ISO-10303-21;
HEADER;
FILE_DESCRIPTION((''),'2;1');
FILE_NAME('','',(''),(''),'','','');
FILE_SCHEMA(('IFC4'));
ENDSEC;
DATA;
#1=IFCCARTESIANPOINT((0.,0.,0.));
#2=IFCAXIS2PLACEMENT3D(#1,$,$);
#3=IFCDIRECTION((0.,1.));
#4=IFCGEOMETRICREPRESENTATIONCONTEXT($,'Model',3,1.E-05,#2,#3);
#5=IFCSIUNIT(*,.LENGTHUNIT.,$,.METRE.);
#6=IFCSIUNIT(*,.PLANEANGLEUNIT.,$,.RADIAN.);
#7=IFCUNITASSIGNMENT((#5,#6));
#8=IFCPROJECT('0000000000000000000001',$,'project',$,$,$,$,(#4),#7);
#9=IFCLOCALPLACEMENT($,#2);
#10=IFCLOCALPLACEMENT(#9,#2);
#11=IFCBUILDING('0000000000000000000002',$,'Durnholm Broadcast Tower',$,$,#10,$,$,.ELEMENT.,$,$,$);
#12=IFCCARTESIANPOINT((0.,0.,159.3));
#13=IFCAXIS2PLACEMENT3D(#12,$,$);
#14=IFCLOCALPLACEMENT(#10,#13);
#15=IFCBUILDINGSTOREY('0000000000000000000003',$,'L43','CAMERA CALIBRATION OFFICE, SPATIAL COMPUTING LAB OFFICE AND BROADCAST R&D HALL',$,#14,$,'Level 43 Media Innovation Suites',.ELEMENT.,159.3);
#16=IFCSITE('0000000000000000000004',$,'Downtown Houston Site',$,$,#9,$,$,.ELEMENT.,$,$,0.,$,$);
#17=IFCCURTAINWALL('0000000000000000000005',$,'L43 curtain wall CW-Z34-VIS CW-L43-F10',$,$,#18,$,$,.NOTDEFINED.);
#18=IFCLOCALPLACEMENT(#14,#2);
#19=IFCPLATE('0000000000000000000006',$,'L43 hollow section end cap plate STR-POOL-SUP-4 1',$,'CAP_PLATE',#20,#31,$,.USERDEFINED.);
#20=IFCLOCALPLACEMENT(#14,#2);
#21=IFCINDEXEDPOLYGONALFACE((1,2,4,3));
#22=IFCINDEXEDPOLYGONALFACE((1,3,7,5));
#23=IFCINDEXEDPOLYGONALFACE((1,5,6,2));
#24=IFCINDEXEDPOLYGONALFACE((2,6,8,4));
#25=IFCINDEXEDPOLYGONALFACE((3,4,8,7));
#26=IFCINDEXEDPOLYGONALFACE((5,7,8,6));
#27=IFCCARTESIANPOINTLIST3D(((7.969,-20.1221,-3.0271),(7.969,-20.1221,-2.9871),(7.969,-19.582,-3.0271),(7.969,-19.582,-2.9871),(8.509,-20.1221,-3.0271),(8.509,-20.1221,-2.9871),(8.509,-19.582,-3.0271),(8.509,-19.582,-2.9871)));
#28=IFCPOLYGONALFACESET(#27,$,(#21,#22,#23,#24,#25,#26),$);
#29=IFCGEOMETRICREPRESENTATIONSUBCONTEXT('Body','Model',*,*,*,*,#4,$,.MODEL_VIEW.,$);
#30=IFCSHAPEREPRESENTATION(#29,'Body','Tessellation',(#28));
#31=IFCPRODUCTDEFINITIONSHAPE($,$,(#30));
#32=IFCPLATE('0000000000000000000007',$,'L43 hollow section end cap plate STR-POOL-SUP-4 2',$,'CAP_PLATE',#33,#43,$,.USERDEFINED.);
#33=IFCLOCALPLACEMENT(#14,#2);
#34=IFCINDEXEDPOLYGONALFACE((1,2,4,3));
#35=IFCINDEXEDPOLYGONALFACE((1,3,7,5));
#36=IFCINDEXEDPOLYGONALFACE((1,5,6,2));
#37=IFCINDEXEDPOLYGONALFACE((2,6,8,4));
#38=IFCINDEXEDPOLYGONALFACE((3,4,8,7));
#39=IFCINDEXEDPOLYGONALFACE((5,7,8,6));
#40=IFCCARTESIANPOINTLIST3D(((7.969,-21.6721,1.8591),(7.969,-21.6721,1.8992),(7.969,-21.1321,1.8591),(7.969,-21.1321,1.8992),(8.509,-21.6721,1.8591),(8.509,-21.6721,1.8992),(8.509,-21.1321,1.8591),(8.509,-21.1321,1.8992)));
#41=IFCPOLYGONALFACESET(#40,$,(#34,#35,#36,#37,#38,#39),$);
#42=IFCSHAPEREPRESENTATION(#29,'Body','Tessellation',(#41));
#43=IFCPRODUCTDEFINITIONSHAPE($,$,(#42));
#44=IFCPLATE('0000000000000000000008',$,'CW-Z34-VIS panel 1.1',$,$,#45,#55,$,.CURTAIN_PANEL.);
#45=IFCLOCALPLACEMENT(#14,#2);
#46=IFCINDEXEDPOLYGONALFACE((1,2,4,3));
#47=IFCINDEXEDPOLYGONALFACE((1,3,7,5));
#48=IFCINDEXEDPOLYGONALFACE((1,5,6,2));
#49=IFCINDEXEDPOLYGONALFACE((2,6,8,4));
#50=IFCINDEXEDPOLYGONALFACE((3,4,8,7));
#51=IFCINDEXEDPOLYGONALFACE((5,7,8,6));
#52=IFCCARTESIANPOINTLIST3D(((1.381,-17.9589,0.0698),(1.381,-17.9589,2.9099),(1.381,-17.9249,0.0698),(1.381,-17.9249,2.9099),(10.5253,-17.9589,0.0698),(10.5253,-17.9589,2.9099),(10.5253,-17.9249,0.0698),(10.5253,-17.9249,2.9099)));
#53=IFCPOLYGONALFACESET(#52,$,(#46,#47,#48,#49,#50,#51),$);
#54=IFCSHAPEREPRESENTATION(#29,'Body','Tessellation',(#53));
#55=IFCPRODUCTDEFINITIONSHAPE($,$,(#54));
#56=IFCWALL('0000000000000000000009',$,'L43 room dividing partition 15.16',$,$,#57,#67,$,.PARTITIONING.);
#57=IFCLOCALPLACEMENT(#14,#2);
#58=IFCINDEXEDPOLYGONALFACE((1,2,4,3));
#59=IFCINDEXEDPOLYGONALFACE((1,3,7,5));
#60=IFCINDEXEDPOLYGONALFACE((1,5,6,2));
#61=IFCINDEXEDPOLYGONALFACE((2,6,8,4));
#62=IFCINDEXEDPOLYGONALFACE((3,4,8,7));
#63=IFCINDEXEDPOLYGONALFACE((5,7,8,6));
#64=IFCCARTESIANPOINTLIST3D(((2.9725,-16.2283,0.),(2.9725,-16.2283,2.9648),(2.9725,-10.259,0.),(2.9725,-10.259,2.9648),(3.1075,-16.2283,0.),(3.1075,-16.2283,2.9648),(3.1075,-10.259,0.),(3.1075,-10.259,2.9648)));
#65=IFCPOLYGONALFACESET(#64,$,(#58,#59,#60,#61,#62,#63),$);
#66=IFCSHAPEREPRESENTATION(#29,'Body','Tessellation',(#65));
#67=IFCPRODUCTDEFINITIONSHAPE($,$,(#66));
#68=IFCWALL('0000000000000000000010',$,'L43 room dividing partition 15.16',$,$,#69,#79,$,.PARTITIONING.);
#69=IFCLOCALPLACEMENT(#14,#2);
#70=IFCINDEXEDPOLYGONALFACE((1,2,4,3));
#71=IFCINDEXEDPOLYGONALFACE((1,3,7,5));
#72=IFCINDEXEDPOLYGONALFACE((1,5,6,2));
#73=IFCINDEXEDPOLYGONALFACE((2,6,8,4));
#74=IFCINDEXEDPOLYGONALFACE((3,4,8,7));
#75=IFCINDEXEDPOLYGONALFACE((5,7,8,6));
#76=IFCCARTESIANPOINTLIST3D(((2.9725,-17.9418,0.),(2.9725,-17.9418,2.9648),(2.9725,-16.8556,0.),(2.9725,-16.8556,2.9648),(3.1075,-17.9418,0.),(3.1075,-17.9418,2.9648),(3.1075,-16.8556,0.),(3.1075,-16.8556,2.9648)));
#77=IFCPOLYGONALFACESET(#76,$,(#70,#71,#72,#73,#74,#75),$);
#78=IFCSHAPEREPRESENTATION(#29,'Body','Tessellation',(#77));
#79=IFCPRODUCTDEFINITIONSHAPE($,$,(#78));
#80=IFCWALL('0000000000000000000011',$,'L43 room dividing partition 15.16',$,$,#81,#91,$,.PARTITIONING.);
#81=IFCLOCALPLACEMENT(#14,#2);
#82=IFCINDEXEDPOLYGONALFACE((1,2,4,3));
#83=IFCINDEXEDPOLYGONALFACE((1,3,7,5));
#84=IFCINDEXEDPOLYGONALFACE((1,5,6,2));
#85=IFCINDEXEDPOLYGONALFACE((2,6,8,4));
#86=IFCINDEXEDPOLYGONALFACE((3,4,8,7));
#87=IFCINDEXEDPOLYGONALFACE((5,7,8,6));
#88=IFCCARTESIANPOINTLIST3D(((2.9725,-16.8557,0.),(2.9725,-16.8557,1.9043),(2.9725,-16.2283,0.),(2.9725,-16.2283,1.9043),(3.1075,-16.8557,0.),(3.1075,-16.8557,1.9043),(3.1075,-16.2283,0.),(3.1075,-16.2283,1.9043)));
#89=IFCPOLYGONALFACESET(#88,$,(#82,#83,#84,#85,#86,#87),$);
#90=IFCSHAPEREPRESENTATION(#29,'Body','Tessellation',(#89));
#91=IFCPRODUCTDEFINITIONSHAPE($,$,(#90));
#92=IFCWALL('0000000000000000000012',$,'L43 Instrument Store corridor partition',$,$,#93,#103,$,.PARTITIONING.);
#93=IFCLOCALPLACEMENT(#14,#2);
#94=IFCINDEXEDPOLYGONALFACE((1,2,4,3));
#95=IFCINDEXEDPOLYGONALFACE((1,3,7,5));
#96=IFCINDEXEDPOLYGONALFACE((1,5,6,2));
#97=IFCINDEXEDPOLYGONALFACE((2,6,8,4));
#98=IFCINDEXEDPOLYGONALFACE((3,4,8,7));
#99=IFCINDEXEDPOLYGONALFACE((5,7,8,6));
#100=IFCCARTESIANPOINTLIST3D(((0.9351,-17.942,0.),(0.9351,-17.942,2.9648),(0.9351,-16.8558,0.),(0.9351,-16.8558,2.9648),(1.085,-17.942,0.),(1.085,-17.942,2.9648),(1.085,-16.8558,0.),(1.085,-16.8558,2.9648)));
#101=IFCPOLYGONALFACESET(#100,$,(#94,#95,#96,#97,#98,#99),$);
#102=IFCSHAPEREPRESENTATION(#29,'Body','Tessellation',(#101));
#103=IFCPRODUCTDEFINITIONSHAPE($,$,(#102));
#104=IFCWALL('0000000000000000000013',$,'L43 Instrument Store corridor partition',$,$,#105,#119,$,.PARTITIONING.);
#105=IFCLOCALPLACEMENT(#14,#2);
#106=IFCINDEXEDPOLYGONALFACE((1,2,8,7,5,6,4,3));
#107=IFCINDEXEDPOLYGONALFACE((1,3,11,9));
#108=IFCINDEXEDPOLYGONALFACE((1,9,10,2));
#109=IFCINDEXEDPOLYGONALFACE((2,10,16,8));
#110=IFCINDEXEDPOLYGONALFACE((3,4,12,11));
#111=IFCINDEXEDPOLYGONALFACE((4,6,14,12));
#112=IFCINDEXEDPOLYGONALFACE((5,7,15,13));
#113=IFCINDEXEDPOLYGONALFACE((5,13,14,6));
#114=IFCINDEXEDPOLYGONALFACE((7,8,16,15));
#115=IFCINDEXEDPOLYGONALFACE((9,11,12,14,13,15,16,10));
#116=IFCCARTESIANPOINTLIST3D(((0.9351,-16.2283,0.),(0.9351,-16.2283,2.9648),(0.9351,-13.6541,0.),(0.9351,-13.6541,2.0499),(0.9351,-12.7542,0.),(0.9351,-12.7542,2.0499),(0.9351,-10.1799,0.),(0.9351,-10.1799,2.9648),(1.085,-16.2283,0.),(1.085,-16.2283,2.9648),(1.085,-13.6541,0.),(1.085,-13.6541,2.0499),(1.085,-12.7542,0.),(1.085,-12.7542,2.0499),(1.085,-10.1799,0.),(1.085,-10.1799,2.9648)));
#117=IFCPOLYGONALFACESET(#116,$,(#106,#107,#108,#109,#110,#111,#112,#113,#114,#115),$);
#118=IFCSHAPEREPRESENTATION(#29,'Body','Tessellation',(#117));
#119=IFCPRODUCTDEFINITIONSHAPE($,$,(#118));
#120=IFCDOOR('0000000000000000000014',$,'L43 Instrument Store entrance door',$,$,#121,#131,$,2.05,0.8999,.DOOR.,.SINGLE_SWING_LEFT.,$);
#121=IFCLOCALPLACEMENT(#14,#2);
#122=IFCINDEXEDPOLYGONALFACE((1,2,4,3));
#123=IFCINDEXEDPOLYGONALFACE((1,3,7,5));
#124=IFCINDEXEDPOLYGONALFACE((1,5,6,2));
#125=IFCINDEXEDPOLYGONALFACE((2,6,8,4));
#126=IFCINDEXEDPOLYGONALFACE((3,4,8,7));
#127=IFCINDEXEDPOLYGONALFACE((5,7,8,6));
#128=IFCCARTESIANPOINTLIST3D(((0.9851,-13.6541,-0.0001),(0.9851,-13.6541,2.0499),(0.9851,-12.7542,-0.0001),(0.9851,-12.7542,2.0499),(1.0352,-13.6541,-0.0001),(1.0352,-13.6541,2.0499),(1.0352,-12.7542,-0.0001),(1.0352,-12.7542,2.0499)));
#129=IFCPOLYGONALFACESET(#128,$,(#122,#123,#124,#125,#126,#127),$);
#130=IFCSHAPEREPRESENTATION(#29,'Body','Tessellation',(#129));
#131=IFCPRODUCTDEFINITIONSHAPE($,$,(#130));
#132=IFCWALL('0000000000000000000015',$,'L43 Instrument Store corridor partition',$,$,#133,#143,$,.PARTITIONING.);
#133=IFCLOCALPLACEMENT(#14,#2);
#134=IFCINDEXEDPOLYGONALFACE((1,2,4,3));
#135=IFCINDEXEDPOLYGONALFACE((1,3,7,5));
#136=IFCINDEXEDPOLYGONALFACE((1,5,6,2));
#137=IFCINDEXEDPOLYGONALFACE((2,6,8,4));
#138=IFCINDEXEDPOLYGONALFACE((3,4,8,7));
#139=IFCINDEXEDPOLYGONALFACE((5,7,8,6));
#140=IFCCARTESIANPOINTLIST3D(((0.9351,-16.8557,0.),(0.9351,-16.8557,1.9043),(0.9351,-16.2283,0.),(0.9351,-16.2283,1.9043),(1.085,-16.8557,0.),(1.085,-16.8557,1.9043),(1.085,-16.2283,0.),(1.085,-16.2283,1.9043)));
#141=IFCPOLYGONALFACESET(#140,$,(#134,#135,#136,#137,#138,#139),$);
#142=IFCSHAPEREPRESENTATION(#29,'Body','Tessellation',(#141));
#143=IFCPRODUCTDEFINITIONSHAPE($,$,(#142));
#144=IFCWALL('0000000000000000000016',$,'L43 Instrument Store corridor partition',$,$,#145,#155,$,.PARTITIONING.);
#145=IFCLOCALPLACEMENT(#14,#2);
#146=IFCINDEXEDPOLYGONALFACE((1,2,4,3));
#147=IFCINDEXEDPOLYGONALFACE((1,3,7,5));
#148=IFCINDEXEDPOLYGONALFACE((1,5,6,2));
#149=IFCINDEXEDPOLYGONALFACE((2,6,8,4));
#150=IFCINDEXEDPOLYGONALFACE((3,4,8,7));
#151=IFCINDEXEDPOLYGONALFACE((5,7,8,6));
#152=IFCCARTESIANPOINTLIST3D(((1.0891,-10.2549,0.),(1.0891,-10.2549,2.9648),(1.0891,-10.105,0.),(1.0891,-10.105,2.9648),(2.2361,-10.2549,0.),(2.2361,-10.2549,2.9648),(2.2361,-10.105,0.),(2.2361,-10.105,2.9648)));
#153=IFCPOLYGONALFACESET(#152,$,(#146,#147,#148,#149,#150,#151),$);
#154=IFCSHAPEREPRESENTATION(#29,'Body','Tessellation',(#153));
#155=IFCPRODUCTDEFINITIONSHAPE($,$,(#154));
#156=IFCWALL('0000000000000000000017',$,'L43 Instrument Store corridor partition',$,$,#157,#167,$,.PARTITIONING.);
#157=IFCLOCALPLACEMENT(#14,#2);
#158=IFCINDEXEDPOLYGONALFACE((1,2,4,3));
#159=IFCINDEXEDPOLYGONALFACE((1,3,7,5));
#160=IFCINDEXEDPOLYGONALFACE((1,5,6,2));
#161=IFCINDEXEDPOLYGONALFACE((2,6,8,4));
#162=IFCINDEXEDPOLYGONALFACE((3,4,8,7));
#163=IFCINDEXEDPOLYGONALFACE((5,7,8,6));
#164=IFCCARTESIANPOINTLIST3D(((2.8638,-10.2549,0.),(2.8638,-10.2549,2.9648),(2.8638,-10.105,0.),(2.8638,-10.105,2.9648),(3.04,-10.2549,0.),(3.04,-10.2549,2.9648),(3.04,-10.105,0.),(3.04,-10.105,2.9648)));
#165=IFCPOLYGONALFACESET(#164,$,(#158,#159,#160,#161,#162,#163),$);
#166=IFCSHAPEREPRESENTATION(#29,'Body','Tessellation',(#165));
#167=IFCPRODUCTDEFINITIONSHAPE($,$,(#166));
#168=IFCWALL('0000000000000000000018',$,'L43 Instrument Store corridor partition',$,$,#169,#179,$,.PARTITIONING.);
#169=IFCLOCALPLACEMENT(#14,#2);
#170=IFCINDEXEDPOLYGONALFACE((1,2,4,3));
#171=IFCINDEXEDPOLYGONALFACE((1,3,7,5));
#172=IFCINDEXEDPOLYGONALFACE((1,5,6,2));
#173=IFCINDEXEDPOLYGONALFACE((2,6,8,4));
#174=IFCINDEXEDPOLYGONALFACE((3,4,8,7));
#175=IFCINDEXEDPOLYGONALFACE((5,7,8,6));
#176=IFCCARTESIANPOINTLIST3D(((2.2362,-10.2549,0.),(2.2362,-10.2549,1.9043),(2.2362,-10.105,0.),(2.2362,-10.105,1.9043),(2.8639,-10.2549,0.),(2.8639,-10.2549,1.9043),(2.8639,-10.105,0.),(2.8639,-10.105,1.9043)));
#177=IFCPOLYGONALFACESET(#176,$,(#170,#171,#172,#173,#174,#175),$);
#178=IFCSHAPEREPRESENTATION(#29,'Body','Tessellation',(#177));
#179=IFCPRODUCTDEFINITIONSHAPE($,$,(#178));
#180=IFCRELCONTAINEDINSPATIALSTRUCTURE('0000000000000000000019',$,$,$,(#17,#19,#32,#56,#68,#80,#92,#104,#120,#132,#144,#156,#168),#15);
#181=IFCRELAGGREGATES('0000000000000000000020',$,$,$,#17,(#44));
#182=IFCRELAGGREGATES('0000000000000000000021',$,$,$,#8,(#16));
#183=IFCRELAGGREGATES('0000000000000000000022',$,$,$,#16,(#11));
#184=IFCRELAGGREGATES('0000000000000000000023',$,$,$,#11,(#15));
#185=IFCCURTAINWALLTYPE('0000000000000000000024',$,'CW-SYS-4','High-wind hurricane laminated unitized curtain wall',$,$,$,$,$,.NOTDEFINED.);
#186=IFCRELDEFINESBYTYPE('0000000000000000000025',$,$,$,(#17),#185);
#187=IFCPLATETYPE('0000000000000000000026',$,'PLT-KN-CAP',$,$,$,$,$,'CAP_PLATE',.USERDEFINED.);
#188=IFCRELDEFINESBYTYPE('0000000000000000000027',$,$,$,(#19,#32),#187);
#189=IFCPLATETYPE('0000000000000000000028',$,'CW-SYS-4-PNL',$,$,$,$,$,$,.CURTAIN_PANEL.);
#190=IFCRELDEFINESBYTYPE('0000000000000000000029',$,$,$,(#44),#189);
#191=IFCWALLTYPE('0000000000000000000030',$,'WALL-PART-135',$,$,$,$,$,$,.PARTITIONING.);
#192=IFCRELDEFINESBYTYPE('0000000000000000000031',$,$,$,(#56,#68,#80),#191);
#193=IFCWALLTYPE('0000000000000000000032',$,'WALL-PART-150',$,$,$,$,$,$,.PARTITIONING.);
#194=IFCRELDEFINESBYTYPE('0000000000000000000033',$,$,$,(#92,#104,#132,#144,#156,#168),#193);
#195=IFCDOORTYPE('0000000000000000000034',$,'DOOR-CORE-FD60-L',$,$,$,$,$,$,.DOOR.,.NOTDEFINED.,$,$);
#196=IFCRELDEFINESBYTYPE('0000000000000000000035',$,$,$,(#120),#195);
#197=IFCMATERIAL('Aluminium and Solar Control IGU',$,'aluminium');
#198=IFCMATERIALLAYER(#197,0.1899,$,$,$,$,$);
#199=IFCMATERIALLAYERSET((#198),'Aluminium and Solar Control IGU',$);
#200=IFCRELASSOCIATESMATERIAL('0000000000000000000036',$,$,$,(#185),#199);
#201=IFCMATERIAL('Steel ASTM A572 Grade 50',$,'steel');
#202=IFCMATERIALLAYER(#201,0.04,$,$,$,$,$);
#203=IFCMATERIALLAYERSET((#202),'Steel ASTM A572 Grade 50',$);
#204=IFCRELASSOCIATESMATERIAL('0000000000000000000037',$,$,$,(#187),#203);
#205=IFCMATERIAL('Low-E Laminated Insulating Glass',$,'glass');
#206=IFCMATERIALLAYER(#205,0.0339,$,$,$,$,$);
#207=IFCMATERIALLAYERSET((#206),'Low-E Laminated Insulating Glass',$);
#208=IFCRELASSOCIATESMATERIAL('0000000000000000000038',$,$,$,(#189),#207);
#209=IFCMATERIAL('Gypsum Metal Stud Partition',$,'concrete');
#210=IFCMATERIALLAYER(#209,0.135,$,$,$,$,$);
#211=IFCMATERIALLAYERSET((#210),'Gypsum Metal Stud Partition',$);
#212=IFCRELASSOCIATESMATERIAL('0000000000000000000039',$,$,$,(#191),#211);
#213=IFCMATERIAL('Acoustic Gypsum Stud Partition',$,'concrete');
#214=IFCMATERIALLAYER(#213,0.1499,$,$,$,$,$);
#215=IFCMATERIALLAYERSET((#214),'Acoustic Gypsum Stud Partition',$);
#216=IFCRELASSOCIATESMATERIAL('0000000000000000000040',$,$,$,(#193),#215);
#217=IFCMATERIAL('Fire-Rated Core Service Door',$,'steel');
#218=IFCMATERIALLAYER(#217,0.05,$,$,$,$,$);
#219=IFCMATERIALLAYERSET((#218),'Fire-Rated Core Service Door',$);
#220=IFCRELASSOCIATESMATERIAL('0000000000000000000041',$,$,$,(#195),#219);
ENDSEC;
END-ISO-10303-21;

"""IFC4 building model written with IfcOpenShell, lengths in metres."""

from ifc_helpers import new_model, si_unit, direction, frame, frame_2d, origin, origin_2d, place, context, subcontext, project, spatial, rectangle, extrude, source, transform, mapped, material, layer, layer_set, type_object, type_shapes, element, fill, aggregate, save


model = new_model("IFC4")

# Units and contexts
model_context = context("Model", 3, precision=1e-05, world=origin(), true_north=direction((0.0, 1.0)))
body_context = subcontext(model_context, "Body", "Model", "MODEL_VIEW")
ifc_project = project(units=[si_unit("LENGTHUNIT", "METRE"), si_unit("PLANEANGLEUNIT", "RADIAN")], contexts=[model_context])

# Site, building, storey
site_placement = place(None, origin())
site = spatial("IfcSite", under=ifc_project, at=site_placement, Name="Downtown Houston Site", CompositionType="ELEMENT", RefElevation=0.0)
building_placement = place(site_placement, origin())
building = spatial("IfcBuilding", under=site, at=building_placement, Name="Durnholm Broadcast Tower", CompositionType="ELEMENT")
storey_placement = place(building_placement, frame((0.0, 0.0, 159.3)))
storey = spatial("IfcBuildingStorey", under=building, at=storey_placement, Name="L43", Description="CAMERA CALIBRATION OFFICE, SPATIAL COMPUTING LAB OFFICE AND BROADCAST R&D HALL", LongName="Level 43 Media Innovation Suites", CompositionType="ELEMENT", Elevation=159.3)

# Curtain wall
ifc_material_1 = material(Name="Aluminium and Solar Control IGU", Category="aluminium")
ifc_layer_1 = layer(ifc_material_1, 0.1899)
ifc_layer_set_1 = layer_set([ifc_layer_1], Name="Aluminium and Solar Control IGU")
curtain_wall_type = type_object("IfcCurtainWallType", Name="CW-SYS-4", Description="High-wind hurricane laminated unitized curtain wall", PredefinedType="NOTDEFINED", material=ifc_layer_set_1)
curtain_wall_placement = place(storey_placement, origin())
curtain_wall = element("IfcCurtainWall", 1, at=curtain_wall_placement, inside=storey, type_object=curtain_wall_type, Name="L43 curtain wall CW-Z34-VIS CW-L43-F10", PredefinedType="NOTDEFINED")

# Plates
ifc_material_2 = material(Name="Steel ASTM A572 Grade 50", Category="steel")
ifc_layer_2 = layer(ifc_material_2, 0.04)
ifc_layer_set_2 = layer_set([ifc_layer_2], Name="Steel ASTM A572 Grade 50")
plate_type_1 = type_object("IfcPlateType", Name="PLT-KN-CAP", ElementType="CAP_PLATE", PredefinedType="USERDEFINED", material=ifc_layer_set_2)
shared_shape_1 = source(origin(), body_context, "Body", "SweptSolid", [
    extrude(rectangle(XDim=0.54, YDim=0.54, at=origin_2d()), origin(), (0.0, 0.0, 1.0), 0.04),
])
type_shapes(plate_type_1, [shared_shape_1])
for number, where, z_axis, x_axis, name in (
    (2, (8.239, -19.8521, -3.0271), (0.0, 0.0, 1.0), (0.0, -1.0, 0.0), "L43 hollow section end cap plate STR-POOL-SUP-4 1"),
    (3, (8.239, -21.4021, 1.8591), (0.0, 0.0, 1.0), (0.0, -1.0, 0.0), "L43 hollow section end cap plate STR-POOL-SUP-4 2"),
):
    element("IfcPlate", number, at=place(storey_placement, frame(where, z_axis=z_axis, x_axis=x_axis)), inside=storey, type_object=plate_type_1, Name=name, ObjectType="CAP_PLATE", PredefinedType="USERDEFINED", context=body_context, shape_type="MappedRepresentation", body=[
        mapped(shared_shape_1, transform((0.0, 0.0, 0.0), x_axis=(1.0, 0.0, 0.0), y_axis=(0.0, 1.0, 0.0), z_axis=(0.0, 0.0, 1.0), scale=1.0)),
    ])

# Plate
ifc_material_3 = material(Name="Low-E Laminated Insulating Glass", Category="glass")
ifc_layer_3 = layer(ifc_material_3, 0.0339)
ifc_layer_set_3 = layer_set([ifc_layer_3], Name="Low-E Laminated Insulating Glass")
plate_type_2 = type_object("IfcPlateType", Name="CW-SYS-4-PNL", PredefinedType="CURTAIN_PANEL", material=ifc_layer_set_3)
shared_shape_2 = source(origin(), body_context, "Body", "SweptSolid", [
    extrude(rectangle(XDim=9.1443, YDim=0.0339, at=origin_2d()), origin(), (0.0, 0.0, 1.0), 2.8401),
])
type_shapes(plate_type_2, [shared_shape_2])
plate_placement = place(storey_placement, frame((5.9531, -17.9419, 0.0698), z_axis=(0.0, 0.0, 1.0), x_axis=(-1.0, 0.0, 0.0)))
plate = element("IfcPlate", 4, at=plate_placement, type_object=plate_type_2, Name="CW-Z34-VIS panel 1.1", PredefinedType="CURTAIN_PANEL", context=body_context, shape_type="MappedRepresentation", body=[
    mapped(shared_shape_2, transform((0.0, 0.0, 0.0), x_axis=(1.0, 0.0, 0.0), y_axis=(0.0, 1.0, 0.0), z_axis=(0.0, 0.0, 1.0), scale=1.0)),
])
aggregate(curtain_wall, [plate])

# Walls
ifc_material_4 = material(Name="Gypsum Metal Stud Partition", Category="concrete")
ifc_layer_4 = layer(ifc_material_4, 0.135)
ifc_layer_set_4 = layer_set([ifc_layer_4], Name="Gypsum Metal Stud Partition")
wall_type_1 = type_object("IfcWallType", Name="WALL-PART-135", PredefinedType="PARTITIONING", material=ifc_layer_set_4)
wall_1_placement = place(storey_placement, frame((3.04, -10.259, 0.0), z_axis=(0.0, 0.0, 1.0), x_axis=(0.0, -1.0, 0.0)))
element("IfcWall", 5, at=wall_1_placement, inside=storey, type_object=wall_type_1, Name="L43 room dividing partition 15.16", PredefinedType="PARTITIONING", context=body_context, shape_type="SweptSolid", body=[
    extrude(rectangle(XDim=5.9692, YDim=0.135, at=frame_2d((2.9846, 0.0))), origin(), (0.0, 0.0, 1.0), 2.9648),
])
wall_2_placement = place(storey_placement, frame((3.04, -16.8557, 0.0), z_axis=(0.0, 0.0, 1.0), x_axis=(0.0, -1.0, 0.0)))
element("IfcWall", 6, at=wall_2_placement, inside=storey, type_object=wall_type_1, Name="L43 room dividing partition 15.16", PredefinedType="PARTITIONING", context=body_context, shape_type="SweptSolid", body=[
    extrude(rectangle(XDim=1.0862, YDim=0.135, at=frame_2d((0.543, 0.0))), origin(), (0.0, 0.0, 1.0), 2.9648),
])
wall_3_placement = place(storey_placement, frame((3.04, -16.2283, 0.0), z_axis=(0.0, 0.0, 1.0), x_axis=(0.0, -1.0, 0.0)))
element("IfcWall", 7, at=wall_3_placement, inside=storey, type_object=wall_type_1, Name="L43 room dividing partition 15.16", PredefinedType="PARTITIONING", context=body_context, shape_type="SweptSolid", body=[
    extrude(rectangle(XDim=0.6274, YDim=0.135, at=frame_2d((0.3137, 0.0))), origin(), (0.0, 0.0, 1.0), 1.9043),
])
ifc_material_5 = material(Name="Acoustic Gypsum Stud Partition", Category="concrete")
ifc_layer_5 = layer(ifc_material_5, 0.1499)
ifc_layer_set_5 = layer_set([ifc_layer_5], Name="Acoustic Gypsum Stud Partition")
wall_type_2 = type_object("IfcWallType", Name="WALL-PART-150", PredefinedType="PARTITIONING", material=ifc_layer_set_5)
wall_4_placement = place(storey_placement, frame((1.01, -17.9419, 0.0), z_axis=(0.0, 0.0, 1.0), x_axis=(0.0, 1.0, 0.0)))
element("IfcWall", 8, at=wall_4_placement, inside=storey, type_object=wall_type_2, Name="L43 Instrument Store corridor partition", PredefinedType="PARTITIONING", context=body_context, shape_type="SweptSolid", body=[
    extrude(rectangle(XDim=1.0862, YDim=0.1499, at=frame_2d((0.543, 0.0))), origin(), (0.0, 0.0, 1.0), 2.9648),
])

# Wall, opening, door
wall_5_placement = place(storey_placement, frame((1.01, -16.2283, 0.0), z_axis=(0.0, 0.0, 1.0), x_axis=(0.0, 1.0, 0.0)))
wall_5 = element("IfcWall", 9, at=wall_5_placement, inside=storey, type_object=wall_type_2, Name="L43 Instrument Store corridor partition", PredefinedType="PARTITIONING", context=body_context, shape_type="SweptSolid", body=[
    extrude(rectangle(XDim=6.0483, YDim=0.1499, at=frame_2d((3.0242, 0.0))), origin(), (0.0, 0.0, 1.0), 2.9648),
])
opening_placement = place(wall_5_placement, frame((2.5742, 0.0, 0.0)))
opening = element("IfcOpeningElement", 10, at=opening_placement, cuts=wall_5, PredefinedType="OPENING", context=body_context, shape_type="SweptSolid", body=[
    extrude(rectangle(XDim=0.8999, YDim=2.05, at=frame_2d((0.45, 1.0249))), frame((0.0, 0.085, 0.0), z_axis=(0.0, -1.0, 0.0), x_axis=(1.0, 0.0, 0.0)), (0.0, 0.0, 1.0), 0.1699),
])
ifc_material_6 = material(Name="Fire-Rated Core Service Door", Category="steel")
ifc_layer_6 = layer(ifc_material_6, 0.05)
ifc_layer_set_6 = layer_set([ifc_layer_6], Name="Fire-Rated Core Service Door")
door_type = type_object("IfcDoorType", Name="DOOR-CORE-FD60-L", OperationType="NOTDEFINED", PredefinedType="DOOR", material=ifc_layer_set_6)
shared_shape_3 = source(origin(), body_context, "Body", "SweptSolid", [
    extrude(rectangle(XDim=0.8999, YDim=2.05, at=frame_2d((0.45, 1.0249))), frame((0.0, 0.0249, 0.0), z_axis=(0.0, -1.0, 0.0), x_axis=(1.0, 0.0, 0.0)), (0.0, 0.0, 1.0), 0.05),
])
type_shapes(door_type, [shared_shape_3])
door_placement = place(opening_placement, origin())
door = element("IfcDoor", 11, at=door_placement, inside=storey, type_object=door_type, Name="L43 Instrument Store entrance door", OperationType="SINGLE_SWING_LEFT", OverallHeight=2.05, OverallWidth=0.8999, PredefinedType="DOOR", context=body_context, shape_type="MappedRepresentation", body=[
    mapped(shared_shape_3, transform((0.0, 0.0, 0.0), x_axis=(1.0, 0.0, 0.0), y_axis=(0.0, 1.0, 0.0), z_axis=(0.0, 0.0, 1.0), scale=1.0)),
])
fill(opening, door)

# Walls
wall_6_placement = place(storey_placement, frame((1.01, -16.8557, 0.0), z_axis=(0.0, 0.0, 1.0), x_axis=(0.0, 1.0, 0.0)))
element("IfcWall", 12, at=wall_6_placement, inside=storey, type_object=wall_type_2, Name="L43 Instrument Store corridor partition", PredefinedType="PARTITIONING", context=body_context, shape_type="SweptSolid", body=[
    extrude(rectangle(XDim=0.6274, YDim=0.1499, at=frame_2d((0.3137, 0.0))), origin(), (0.0, 0.0, 1.0), 1.9043),
])
wall_7_placement = place(storey_placement, frame((1.0891, -10.1799, 0.0), z_axis=(0.0, 0.0, 1.0), x_axis=(1.0, 0.0, 0.0)))
element("IfcWall", 13, at=wall_7_placement, inside=storey, type_object=wall_type_2, Name="L43 Instrument Store corridor partition", PredefinedType="PARTITIONING", context=body_context, shape_type="SweptSolid", body=[
    extrude(rectangle(XDim=1.147, YDim=0.1499, at=frame_2d((0.5735, 0.0))), origin(), (0.0, 0.0, 1.0), 2.9648),
])
wall_8_placement = place(storey_placement, frame((2.8638, -10.1799, 0.0), z_axis=(0.0, 0.0, 1.0), x_axis=(1.0, 0.0, 0.0)))
element("IfcWall", 14, at=wall_8_placement, inside=storey, type_object=wall_type_2, Name="L43 Instrument Store corridor partition", PredefinedType="PARTITIONING", context=body_context, shape_type="SweptSolid", body=[
    extrude(rectangle(XDim=0.1763, YDim=0.1499, at=frame_2d((0.0881, 0.0))), origin(), (0.0, 0.0, 1.0), 2.9648),
])
wall_9_placement = place(storey_placement, frame((2.2361, -10.1799, 0.0), z_axis=(0.0, 0.0, 1.0), x_axis=(1.0, 0.0, 0.0)))
element("IfcWall", 15, at=wall_9_placement, inside=storey, type_object=wall_type_2, Name="L43 Instrument Store corridor partition", PredefinedType="PARTITIONING", context=body_context, shape_type="SweptSolid", body=[
    extrude(rectangle(XDim=0.6277, YDim=0.1499, at=frame_2d((0.314, 0.0))), origin(), (0.0, 0.0, 1.0), 1.9043),
])

save(model, "model.ifc")
